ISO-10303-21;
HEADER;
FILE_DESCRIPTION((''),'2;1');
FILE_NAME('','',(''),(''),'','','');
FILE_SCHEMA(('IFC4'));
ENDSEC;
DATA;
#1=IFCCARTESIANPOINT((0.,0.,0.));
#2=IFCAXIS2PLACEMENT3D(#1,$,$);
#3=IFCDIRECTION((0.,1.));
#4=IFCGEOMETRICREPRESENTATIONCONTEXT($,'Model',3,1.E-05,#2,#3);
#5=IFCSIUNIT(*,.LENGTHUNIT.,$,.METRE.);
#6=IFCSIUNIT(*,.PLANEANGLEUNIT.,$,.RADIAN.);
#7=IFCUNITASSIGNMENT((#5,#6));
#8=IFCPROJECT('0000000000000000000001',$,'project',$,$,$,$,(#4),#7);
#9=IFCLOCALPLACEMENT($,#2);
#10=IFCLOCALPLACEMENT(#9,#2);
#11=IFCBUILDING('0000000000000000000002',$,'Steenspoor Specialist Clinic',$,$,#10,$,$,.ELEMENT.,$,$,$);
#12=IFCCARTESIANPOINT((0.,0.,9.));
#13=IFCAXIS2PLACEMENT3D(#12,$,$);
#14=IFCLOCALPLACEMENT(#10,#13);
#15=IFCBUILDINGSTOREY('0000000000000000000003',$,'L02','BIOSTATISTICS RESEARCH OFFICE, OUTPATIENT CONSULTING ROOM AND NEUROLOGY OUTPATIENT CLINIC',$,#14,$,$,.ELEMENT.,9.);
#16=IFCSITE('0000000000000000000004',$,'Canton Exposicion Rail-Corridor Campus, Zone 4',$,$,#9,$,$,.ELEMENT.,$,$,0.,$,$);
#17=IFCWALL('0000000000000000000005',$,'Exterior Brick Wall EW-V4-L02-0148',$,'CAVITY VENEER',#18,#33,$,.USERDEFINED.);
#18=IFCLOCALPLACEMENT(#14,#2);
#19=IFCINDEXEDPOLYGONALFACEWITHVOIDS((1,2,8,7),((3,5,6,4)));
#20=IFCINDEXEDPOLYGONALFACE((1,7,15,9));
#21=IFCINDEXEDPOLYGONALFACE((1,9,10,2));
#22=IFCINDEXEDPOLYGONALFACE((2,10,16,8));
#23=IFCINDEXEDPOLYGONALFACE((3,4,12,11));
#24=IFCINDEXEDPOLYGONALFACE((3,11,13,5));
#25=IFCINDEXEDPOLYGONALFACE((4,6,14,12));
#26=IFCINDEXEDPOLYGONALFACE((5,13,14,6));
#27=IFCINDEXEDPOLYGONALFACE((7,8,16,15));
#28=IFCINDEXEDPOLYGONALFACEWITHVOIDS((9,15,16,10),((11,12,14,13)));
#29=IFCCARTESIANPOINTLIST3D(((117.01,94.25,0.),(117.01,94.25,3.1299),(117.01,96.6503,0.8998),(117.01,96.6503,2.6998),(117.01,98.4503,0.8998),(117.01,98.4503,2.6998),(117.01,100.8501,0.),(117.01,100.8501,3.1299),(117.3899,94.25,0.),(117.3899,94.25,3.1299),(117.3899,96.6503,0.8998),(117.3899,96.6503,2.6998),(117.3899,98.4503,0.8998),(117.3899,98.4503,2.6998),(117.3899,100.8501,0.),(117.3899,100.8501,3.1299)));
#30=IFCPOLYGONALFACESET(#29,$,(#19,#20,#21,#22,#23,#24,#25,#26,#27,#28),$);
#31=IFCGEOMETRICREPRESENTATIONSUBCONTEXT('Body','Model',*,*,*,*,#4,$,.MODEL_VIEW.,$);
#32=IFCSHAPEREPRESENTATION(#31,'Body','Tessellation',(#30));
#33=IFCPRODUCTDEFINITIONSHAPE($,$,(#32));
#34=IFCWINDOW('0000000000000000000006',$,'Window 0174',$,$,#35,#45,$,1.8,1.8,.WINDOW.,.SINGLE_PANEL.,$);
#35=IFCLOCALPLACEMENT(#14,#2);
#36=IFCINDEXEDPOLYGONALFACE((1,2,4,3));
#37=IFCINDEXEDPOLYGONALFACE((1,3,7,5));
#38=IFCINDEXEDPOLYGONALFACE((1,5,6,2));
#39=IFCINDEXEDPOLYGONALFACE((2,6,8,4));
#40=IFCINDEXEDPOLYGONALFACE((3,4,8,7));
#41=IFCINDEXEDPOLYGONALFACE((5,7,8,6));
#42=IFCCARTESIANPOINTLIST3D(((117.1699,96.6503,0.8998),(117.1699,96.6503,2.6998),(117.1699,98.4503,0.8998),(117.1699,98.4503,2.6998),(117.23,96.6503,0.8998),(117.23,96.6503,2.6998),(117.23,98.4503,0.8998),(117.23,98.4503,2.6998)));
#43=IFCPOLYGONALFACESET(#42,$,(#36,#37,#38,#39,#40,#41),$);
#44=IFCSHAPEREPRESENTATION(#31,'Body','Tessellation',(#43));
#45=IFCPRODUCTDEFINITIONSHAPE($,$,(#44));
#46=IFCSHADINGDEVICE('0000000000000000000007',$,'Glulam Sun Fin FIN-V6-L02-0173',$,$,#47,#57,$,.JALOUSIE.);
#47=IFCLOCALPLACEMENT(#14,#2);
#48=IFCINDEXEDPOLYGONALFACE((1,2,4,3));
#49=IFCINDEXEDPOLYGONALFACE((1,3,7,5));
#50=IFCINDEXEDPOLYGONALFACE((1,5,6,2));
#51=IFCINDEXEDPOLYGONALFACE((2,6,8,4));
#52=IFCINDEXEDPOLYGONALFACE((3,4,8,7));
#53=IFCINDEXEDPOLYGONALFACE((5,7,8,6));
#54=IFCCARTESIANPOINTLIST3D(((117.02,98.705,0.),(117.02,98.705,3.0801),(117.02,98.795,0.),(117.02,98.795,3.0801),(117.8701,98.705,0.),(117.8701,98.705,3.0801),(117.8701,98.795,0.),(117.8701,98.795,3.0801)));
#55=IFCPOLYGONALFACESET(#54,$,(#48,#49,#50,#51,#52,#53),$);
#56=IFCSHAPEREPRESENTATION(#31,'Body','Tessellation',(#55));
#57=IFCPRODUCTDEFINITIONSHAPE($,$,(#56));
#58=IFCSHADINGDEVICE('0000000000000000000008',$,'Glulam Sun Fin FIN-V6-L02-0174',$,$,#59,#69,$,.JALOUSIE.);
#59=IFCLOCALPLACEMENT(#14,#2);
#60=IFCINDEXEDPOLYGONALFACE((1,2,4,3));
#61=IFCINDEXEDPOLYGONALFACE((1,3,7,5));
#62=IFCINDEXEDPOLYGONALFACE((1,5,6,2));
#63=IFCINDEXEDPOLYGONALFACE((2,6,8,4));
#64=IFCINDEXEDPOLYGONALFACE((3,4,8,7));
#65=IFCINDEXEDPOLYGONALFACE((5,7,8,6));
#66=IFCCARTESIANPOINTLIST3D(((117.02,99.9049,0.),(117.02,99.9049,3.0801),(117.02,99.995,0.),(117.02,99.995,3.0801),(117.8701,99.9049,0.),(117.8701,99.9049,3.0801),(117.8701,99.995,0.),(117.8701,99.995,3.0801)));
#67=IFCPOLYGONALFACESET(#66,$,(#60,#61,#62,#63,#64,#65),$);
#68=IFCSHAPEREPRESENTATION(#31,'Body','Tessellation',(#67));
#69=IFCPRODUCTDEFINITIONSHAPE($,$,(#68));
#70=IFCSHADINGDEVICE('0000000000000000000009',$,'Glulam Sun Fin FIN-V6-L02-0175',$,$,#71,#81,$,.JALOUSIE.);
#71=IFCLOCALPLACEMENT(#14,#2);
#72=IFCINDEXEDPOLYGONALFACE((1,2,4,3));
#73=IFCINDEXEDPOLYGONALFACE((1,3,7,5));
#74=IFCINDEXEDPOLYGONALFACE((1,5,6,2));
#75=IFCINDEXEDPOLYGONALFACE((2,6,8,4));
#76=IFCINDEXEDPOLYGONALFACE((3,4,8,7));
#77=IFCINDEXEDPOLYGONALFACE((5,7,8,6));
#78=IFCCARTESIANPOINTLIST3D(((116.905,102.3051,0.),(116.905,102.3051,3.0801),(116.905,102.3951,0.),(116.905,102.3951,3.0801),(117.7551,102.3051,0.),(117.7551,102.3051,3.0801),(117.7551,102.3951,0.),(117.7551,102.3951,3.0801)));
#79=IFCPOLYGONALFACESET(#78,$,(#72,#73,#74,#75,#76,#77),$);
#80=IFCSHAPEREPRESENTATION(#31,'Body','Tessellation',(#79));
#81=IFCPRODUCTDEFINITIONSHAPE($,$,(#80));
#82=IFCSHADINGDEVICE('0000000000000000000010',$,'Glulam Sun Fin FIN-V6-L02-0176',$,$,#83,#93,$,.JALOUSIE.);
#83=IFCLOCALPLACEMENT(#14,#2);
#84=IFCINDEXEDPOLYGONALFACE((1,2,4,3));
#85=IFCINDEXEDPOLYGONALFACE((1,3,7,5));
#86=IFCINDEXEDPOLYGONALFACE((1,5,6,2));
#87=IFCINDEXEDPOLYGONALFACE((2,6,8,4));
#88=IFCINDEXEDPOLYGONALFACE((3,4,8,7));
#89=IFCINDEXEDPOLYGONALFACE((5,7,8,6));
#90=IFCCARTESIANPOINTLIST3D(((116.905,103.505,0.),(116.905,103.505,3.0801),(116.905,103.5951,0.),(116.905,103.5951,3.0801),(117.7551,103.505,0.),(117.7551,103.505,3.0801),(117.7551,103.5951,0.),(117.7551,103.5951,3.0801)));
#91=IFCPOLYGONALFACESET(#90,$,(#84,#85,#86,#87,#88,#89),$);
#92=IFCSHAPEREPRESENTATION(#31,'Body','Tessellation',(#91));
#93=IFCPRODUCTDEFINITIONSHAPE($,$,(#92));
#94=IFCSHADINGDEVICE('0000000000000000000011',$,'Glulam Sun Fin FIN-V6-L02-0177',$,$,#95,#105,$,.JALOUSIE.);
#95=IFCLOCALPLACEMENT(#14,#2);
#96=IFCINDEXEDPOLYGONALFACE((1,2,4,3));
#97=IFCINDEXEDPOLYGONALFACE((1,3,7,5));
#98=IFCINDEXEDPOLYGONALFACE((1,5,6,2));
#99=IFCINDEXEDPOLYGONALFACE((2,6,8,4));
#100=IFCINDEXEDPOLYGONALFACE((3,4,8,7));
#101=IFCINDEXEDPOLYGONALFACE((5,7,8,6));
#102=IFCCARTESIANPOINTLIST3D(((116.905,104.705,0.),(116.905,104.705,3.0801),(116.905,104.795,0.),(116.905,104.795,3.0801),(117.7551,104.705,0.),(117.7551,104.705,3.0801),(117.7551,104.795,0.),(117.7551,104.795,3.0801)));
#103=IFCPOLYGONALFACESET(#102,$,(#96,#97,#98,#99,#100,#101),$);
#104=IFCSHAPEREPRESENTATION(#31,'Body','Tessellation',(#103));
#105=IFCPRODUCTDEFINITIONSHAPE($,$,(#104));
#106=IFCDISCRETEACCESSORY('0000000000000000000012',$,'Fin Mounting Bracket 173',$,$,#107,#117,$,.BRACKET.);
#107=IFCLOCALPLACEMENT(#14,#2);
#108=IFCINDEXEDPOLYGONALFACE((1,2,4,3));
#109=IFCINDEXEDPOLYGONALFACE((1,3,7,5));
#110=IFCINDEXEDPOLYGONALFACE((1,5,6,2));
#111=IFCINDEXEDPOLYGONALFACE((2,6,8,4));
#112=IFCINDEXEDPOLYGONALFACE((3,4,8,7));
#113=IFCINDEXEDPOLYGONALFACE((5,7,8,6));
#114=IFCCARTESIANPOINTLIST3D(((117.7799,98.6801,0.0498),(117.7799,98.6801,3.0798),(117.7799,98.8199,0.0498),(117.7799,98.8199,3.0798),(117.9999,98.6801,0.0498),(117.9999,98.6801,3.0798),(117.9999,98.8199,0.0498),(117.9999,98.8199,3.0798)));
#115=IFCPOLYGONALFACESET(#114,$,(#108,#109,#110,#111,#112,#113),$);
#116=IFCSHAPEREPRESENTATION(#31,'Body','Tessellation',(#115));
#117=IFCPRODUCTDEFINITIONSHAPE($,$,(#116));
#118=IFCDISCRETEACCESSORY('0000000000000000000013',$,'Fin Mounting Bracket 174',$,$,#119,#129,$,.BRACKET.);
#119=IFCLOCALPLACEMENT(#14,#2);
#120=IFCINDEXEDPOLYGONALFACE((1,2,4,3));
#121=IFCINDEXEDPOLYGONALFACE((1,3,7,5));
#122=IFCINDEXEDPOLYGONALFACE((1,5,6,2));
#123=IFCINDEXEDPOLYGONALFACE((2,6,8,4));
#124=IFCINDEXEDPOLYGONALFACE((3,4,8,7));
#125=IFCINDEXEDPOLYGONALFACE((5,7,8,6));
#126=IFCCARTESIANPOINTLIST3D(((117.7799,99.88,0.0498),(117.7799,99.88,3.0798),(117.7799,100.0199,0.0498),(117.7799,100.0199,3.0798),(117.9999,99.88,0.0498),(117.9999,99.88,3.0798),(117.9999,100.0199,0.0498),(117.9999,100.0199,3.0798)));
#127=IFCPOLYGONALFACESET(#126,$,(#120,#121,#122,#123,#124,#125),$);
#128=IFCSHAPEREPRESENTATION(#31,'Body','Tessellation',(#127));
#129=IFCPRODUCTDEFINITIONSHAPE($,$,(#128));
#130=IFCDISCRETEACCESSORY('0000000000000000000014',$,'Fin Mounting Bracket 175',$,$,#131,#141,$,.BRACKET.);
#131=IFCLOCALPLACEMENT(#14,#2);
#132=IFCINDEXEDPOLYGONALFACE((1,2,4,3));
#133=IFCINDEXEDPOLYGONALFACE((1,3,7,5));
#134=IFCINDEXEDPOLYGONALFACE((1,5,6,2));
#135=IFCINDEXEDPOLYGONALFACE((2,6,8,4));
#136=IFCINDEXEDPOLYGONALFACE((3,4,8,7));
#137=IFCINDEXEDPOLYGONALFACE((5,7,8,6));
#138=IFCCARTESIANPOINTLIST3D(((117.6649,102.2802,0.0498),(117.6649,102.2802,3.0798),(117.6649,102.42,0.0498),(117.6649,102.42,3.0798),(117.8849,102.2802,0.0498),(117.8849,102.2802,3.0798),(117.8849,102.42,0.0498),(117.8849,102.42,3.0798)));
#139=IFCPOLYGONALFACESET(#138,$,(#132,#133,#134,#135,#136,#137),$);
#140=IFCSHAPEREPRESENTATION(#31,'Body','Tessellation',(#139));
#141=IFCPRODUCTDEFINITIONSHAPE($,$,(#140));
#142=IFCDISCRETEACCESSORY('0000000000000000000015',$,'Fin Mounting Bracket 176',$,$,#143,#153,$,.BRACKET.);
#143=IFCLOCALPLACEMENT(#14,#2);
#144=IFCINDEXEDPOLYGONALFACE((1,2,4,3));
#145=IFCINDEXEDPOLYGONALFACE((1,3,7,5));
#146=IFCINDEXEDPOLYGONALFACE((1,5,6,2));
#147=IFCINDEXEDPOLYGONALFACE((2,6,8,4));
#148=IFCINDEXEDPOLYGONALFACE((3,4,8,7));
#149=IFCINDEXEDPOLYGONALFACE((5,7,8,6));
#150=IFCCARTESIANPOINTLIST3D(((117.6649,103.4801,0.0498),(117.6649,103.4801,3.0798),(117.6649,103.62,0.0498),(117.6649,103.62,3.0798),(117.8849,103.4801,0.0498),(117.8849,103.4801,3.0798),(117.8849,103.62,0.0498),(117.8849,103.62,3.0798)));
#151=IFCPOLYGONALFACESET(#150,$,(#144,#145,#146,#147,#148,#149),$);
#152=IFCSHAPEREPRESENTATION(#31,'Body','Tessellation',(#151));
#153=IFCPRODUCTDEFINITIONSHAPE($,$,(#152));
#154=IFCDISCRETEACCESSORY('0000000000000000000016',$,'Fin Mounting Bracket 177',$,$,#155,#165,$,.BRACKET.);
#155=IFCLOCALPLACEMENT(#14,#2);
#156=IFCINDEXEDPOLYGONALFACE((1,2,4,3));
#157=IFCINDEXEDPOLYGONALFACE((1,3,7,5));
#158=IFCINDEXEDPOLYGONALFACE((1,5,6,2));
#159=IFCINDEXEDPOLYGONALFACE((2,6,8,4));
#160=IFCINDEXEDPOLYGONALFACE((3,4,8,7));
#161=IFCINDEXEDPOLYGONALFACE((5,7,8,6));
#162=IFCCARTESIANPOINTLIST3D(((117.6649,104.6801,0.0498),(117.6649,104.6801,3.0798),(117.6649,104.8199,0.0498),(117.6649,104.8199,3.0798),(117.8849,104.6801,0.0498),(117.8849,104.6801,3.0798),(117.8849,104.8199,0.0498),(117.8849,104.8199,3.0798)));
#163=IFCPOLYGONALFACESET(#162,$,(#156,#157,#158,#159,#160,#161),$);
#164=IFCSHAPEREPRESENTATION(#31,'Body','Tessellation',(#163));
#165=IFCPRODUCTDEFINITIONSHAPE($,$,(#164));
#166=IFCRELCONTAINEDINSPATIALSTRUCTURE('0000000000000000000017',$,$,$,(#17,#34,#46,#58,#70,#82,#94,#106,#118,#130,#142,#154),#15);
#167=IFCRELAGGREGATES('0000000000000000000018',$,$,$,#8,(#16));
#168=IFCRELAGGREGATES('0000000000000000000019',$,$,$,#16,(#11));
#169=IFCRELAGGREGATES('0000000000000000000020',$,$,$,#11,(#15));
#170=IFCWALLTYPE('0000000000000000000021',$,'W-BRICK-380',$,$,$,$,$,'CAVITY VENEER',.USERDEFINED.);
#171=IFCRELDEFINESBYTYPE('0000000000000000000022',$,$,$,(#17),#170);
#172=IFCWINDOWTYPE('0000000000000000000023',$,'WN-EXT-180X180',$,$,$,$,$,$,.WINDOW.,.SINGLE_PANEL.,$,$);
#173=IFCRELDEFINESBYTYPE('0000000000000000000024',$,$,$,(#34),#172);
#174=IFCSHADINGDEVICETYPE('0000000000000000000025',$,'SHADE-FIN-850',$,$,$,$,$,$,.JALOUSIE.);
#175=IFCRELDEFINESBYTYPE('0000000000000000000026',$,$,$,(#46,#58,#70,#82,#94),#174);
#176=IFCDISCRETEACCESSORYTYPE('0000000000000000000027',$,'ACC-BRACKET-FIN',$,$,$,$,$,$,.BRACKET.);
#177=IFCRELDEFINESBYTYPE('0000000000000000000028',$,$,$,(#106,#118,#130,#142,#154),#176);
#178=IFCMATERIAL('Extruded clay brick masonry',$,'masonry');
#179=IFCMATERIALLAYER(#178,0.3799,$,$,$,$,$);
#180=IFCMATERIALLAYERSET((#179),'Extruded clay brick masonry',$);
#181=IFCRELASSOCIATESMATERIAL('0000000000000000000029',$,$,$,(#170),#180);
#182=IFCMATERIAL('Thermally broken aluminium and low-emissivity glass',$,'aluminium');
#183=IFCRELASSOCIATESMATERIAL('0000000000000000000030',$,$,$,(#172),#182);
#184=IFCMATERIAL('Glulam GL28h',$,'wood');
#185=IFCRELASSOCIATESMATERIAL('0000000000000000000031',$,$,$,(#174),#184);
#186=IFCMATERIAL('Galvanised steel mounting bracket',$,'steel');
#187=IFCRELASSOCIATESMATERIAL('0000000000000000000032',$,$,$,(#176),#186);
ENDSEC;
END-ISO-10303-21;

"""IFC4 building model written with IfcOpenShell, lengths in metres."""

from ifc_helpers import new_model, si_unit, direction, frame, frame_2d, origin, origin_2d, place, context, subcontext, project, spatial, rectangle, extrude, material, layer, layer_set, material_profile, profile_set, type_object, element, fill, save


model = new_model("IFC4")

# Units and contexts
model_context = context("Model", 3, precision=1e-05, world=origin(), true_north=direction((0.0, 1.0)))
body_context = subcontext(model_context, "Body", "Model", "MODEL_VIEW")
ifc_project = project(units=[si_unit("LENGTHUNIT", "METRE"), si_unit("PLANEANGLEUNIT", "RADIAN")], contexts=[model_context])

# Site, building, storey
site_placement = place(None, origin())
site = spatial("IfcSite", under=ifc_project, at=site_placement, Name="Canton Exposicion Rail-Corridor Campus, Zone 4", CompositionType="ELEMENT", RefElevation=0.0)
building_placement = place(site_placement, origin())
building = spatial("IfcBuilding", under=site, at=building_placement, Name="Steenspoor Specialist Clinic", CompositionType="ELEMENT")
storey_placement = place(building_placement, frame((0.0, 0.0, 9.0)))
storey = spatial("IfcBuildingStorey", under=building, at=storey_placement, Name="L02", Description="BIOSTATISTICS RESEARCH OFFICE, OUTPATIENT CONSULTING ROOM AND NEUROLOGY OUTPATIENT CLINIC", CompositionType="ELEMENT", Elevation=9.0)

# Shared definitions
ifc_material_1 = material(Name="Thermally broken aluminium and low-emissivity glass", Category="aluminium")

# Wall, opening, window
ifc_material_2 = material(Name="Extruded clay brick masonry", Category="masonry")
ifc_layer_1 = layer(ifc_material_2, 0.3799)
ifc_layer_set_1 = layer_set([ifc_layer_1], Name="Extruded clay brick masonry")
wall_type = type_object("IfcWallType", Name="W-BRICK-380", ElementType="CAVITY VENEER", PredefinedType="USERDEFINED", material=ifc_layer_set_1)
wall_placement = place(storey_placement, frame((117.2, 100.8501, 0.0), z_axis=(0.0, 0.0, 1.0), x_axis=(0.0, -1.0, 0.0)))
wall = element("IfcWall", 1, at=wall_placement, inside=storey, type_object=wall_type, Name="Exterior Brick Wall EW-V4-L02-0148", ObjectType="CAVITY VENEER", PredefinedType="USERDEFINED", context=body_context, shape_type="SweptSolid", body=[
    extrude(rectangle(XDim=6.6001, YDim=0.3799, at=frame_2d((3.3, 0.0))), origin(), (0.0, 0.0, 1.0), 3.1299),
])
opening_placement = place(wall_placement, frame((2.3999, 0.0, 0.8999)))
opening = element("IfcOpeningElement", 2, at=opening_placement, cuts=wall, PredefinedType="OPENING", context=body_context, shape_type="SweptSolid", body=[
    extrude(rectangle(XDim=1.8, YDim=1.8, at=frame_2d((0.8999, 0.8999))), frame((0.0, 0.2, 0.0), z_axis=(0.0, -1.0, 0.0), x_axis=(1.0, 0.0, 0.0)), (0.0, 0.0, 1.0), 0.3999),
])
window_type = type_object("IfcWindowType", Name="WN-EXT-180X180", PartitioningType="SINGLE_PANEL", PredefinedType="WINDOW", material=ifc_material_1)
window_placement = place(opening_placement, origin())
window = element("IfcWindow", 3, at=window_placement, inside=storey, type_object=window_type, Name="Window 0174", OverallHeight=1.8, OverallWidth=1.8, PartitioningType="SINGLE_PANEL", PredefinedType="WINDOW", context=body_context, shape_type="SweptSolid", body=[
    extrude(rectangle(XDim=1.8, YDim=1.8, at=frame_2d((0.8999, 0.8999))), frame((0.0, 0.03, 0.0), z_axis=(0.0, -1.0, 0.0), x_axis=(1.0, 0.0, 0.0)), (0.0, 0.0, 1.0), 0.0601),
])
fill(opening, window)

# Shading devices
ifc_material_3 = material(Name="Glulam GL28h", Category="wood")
ifc_material_profile_1 = material_profile(ifc_material_3, rectangle(XDim=0.0901, YDim=0.8501, at=origin_2d()), Name="GL28H-90X850")
ifc_profile_set_1 = profile_set([ifc_material_profile_1], Name="Glulam GL28h")
shading_device_type = type_object("IfcShadingDeviceType", Name="SHADE-FIN-850", PredefinedType="JALOUSIE", material=ifc_profile_set_1)
for number, where, z_axis, x_axis, name in (
    (4, (117.4451, 98.75, 0.0), (0.0, 0.0, 1.0), (0.0, 1.0, 0.0), "Glulam Sun Fin FIN-V6-L02-0173"),
    (5, (117.4451, 99.95, 0.0), (0.0, 0.0, 1.0), (0.0, 1.0, 0.0), "Glulam Sun Fin FIN-V6-L02-0174"),
    (6, (117.3301, 102.3501, 0.0), (0.0, 0.0, 1.0), (0.0, 1.0, 0.0), "Glulam Sun Fin FIN-V6-L02-0175"),
    (7, (117.3301, 103.55, 0.0), (0.0, 0.0, 1.0), (0.0, 1.0, 0.0), "Glulam Sun Fin FIN-V6-L02-0176"),
    (8, (117.3301, 104.75, 0.0), (0.0, 0.0, 1.0), (0.0, 1.0, 0.0), "Glulam Sun Fin FIN-V6-L02-0177"),
):
    element("IfcShadingDevice", number, at=place(storey_placement, frame(where, z_axis=z_axis, x_axis=x_axis)), inside=storey, type_object=shading_device_type, Name=name, PredefinedType="JALOUSIE", context=body_context, shape_type="SweptSolid", body=[
        extrude(rectangle(XDim=0.0901, YDim=0.8501, at=origin_2d()), origin(), (0.0, 0.0, 1.0), 3.0801),
    ])

# Discrete accessories
ifc_material_4 = material(Name="Galvanised steel mounting bracket", Category="steel")
discrete_accessory_type = type_object("IfcDiscreteAccessoryType", Name="ACC-BRACKET-FIN", PredefinedType="BRACKET", material=ifc_material_4)
for number, where, z_axis, x_axis, name in (
    (9, (117.8899, 98.75, 0.0498), (0.0, 0.0, 1.0), (-1.0, 0.0, 0.0), "Fin Mounting Bracket 173"),
    (10, (117.8899, 99.95, 0.0498), (0.0, 0.0, 1.0), (-1.0, 0.0, 0.0), "Fin Mounting Bracket 174"),
    (11, (117.7749, 102.3501, 0.0498), (0.0, 0.0, 1.0), (-1.0, 0.0, 0.0), "Fin Mounting Bracket 175"),
    (12, (117.7749, 103.55, 0.0498), (0.0, 0.0, 1.0), (-1.0, 0.0, 0.0), "Fin Mounting Bracket 176"),
    (13, (117.7749, 104.75, 0.0498), (0.0, 0.0, 1.0), (-1.0, 0.0, 0.0), "Fin Mounting Bracket 177"),
):
    element("IfcDiscreteAccessory", number, at=place(storey_placement, frame(where, z_axis=z_axis, x_axis=x_axis)), inside=storey, type_object=discrete_accessory_type, Name=name, PredefinedType="BRACKET", context=body_context, shape_type="SweptSolid", body=[
        extrude(rectangle(XDim=0.22, YDim=0.1399, at=origin_2d()), origin(), (0.0, 0.0, 1.0), 3.03),
    ])

save(model, "model.ifc")
